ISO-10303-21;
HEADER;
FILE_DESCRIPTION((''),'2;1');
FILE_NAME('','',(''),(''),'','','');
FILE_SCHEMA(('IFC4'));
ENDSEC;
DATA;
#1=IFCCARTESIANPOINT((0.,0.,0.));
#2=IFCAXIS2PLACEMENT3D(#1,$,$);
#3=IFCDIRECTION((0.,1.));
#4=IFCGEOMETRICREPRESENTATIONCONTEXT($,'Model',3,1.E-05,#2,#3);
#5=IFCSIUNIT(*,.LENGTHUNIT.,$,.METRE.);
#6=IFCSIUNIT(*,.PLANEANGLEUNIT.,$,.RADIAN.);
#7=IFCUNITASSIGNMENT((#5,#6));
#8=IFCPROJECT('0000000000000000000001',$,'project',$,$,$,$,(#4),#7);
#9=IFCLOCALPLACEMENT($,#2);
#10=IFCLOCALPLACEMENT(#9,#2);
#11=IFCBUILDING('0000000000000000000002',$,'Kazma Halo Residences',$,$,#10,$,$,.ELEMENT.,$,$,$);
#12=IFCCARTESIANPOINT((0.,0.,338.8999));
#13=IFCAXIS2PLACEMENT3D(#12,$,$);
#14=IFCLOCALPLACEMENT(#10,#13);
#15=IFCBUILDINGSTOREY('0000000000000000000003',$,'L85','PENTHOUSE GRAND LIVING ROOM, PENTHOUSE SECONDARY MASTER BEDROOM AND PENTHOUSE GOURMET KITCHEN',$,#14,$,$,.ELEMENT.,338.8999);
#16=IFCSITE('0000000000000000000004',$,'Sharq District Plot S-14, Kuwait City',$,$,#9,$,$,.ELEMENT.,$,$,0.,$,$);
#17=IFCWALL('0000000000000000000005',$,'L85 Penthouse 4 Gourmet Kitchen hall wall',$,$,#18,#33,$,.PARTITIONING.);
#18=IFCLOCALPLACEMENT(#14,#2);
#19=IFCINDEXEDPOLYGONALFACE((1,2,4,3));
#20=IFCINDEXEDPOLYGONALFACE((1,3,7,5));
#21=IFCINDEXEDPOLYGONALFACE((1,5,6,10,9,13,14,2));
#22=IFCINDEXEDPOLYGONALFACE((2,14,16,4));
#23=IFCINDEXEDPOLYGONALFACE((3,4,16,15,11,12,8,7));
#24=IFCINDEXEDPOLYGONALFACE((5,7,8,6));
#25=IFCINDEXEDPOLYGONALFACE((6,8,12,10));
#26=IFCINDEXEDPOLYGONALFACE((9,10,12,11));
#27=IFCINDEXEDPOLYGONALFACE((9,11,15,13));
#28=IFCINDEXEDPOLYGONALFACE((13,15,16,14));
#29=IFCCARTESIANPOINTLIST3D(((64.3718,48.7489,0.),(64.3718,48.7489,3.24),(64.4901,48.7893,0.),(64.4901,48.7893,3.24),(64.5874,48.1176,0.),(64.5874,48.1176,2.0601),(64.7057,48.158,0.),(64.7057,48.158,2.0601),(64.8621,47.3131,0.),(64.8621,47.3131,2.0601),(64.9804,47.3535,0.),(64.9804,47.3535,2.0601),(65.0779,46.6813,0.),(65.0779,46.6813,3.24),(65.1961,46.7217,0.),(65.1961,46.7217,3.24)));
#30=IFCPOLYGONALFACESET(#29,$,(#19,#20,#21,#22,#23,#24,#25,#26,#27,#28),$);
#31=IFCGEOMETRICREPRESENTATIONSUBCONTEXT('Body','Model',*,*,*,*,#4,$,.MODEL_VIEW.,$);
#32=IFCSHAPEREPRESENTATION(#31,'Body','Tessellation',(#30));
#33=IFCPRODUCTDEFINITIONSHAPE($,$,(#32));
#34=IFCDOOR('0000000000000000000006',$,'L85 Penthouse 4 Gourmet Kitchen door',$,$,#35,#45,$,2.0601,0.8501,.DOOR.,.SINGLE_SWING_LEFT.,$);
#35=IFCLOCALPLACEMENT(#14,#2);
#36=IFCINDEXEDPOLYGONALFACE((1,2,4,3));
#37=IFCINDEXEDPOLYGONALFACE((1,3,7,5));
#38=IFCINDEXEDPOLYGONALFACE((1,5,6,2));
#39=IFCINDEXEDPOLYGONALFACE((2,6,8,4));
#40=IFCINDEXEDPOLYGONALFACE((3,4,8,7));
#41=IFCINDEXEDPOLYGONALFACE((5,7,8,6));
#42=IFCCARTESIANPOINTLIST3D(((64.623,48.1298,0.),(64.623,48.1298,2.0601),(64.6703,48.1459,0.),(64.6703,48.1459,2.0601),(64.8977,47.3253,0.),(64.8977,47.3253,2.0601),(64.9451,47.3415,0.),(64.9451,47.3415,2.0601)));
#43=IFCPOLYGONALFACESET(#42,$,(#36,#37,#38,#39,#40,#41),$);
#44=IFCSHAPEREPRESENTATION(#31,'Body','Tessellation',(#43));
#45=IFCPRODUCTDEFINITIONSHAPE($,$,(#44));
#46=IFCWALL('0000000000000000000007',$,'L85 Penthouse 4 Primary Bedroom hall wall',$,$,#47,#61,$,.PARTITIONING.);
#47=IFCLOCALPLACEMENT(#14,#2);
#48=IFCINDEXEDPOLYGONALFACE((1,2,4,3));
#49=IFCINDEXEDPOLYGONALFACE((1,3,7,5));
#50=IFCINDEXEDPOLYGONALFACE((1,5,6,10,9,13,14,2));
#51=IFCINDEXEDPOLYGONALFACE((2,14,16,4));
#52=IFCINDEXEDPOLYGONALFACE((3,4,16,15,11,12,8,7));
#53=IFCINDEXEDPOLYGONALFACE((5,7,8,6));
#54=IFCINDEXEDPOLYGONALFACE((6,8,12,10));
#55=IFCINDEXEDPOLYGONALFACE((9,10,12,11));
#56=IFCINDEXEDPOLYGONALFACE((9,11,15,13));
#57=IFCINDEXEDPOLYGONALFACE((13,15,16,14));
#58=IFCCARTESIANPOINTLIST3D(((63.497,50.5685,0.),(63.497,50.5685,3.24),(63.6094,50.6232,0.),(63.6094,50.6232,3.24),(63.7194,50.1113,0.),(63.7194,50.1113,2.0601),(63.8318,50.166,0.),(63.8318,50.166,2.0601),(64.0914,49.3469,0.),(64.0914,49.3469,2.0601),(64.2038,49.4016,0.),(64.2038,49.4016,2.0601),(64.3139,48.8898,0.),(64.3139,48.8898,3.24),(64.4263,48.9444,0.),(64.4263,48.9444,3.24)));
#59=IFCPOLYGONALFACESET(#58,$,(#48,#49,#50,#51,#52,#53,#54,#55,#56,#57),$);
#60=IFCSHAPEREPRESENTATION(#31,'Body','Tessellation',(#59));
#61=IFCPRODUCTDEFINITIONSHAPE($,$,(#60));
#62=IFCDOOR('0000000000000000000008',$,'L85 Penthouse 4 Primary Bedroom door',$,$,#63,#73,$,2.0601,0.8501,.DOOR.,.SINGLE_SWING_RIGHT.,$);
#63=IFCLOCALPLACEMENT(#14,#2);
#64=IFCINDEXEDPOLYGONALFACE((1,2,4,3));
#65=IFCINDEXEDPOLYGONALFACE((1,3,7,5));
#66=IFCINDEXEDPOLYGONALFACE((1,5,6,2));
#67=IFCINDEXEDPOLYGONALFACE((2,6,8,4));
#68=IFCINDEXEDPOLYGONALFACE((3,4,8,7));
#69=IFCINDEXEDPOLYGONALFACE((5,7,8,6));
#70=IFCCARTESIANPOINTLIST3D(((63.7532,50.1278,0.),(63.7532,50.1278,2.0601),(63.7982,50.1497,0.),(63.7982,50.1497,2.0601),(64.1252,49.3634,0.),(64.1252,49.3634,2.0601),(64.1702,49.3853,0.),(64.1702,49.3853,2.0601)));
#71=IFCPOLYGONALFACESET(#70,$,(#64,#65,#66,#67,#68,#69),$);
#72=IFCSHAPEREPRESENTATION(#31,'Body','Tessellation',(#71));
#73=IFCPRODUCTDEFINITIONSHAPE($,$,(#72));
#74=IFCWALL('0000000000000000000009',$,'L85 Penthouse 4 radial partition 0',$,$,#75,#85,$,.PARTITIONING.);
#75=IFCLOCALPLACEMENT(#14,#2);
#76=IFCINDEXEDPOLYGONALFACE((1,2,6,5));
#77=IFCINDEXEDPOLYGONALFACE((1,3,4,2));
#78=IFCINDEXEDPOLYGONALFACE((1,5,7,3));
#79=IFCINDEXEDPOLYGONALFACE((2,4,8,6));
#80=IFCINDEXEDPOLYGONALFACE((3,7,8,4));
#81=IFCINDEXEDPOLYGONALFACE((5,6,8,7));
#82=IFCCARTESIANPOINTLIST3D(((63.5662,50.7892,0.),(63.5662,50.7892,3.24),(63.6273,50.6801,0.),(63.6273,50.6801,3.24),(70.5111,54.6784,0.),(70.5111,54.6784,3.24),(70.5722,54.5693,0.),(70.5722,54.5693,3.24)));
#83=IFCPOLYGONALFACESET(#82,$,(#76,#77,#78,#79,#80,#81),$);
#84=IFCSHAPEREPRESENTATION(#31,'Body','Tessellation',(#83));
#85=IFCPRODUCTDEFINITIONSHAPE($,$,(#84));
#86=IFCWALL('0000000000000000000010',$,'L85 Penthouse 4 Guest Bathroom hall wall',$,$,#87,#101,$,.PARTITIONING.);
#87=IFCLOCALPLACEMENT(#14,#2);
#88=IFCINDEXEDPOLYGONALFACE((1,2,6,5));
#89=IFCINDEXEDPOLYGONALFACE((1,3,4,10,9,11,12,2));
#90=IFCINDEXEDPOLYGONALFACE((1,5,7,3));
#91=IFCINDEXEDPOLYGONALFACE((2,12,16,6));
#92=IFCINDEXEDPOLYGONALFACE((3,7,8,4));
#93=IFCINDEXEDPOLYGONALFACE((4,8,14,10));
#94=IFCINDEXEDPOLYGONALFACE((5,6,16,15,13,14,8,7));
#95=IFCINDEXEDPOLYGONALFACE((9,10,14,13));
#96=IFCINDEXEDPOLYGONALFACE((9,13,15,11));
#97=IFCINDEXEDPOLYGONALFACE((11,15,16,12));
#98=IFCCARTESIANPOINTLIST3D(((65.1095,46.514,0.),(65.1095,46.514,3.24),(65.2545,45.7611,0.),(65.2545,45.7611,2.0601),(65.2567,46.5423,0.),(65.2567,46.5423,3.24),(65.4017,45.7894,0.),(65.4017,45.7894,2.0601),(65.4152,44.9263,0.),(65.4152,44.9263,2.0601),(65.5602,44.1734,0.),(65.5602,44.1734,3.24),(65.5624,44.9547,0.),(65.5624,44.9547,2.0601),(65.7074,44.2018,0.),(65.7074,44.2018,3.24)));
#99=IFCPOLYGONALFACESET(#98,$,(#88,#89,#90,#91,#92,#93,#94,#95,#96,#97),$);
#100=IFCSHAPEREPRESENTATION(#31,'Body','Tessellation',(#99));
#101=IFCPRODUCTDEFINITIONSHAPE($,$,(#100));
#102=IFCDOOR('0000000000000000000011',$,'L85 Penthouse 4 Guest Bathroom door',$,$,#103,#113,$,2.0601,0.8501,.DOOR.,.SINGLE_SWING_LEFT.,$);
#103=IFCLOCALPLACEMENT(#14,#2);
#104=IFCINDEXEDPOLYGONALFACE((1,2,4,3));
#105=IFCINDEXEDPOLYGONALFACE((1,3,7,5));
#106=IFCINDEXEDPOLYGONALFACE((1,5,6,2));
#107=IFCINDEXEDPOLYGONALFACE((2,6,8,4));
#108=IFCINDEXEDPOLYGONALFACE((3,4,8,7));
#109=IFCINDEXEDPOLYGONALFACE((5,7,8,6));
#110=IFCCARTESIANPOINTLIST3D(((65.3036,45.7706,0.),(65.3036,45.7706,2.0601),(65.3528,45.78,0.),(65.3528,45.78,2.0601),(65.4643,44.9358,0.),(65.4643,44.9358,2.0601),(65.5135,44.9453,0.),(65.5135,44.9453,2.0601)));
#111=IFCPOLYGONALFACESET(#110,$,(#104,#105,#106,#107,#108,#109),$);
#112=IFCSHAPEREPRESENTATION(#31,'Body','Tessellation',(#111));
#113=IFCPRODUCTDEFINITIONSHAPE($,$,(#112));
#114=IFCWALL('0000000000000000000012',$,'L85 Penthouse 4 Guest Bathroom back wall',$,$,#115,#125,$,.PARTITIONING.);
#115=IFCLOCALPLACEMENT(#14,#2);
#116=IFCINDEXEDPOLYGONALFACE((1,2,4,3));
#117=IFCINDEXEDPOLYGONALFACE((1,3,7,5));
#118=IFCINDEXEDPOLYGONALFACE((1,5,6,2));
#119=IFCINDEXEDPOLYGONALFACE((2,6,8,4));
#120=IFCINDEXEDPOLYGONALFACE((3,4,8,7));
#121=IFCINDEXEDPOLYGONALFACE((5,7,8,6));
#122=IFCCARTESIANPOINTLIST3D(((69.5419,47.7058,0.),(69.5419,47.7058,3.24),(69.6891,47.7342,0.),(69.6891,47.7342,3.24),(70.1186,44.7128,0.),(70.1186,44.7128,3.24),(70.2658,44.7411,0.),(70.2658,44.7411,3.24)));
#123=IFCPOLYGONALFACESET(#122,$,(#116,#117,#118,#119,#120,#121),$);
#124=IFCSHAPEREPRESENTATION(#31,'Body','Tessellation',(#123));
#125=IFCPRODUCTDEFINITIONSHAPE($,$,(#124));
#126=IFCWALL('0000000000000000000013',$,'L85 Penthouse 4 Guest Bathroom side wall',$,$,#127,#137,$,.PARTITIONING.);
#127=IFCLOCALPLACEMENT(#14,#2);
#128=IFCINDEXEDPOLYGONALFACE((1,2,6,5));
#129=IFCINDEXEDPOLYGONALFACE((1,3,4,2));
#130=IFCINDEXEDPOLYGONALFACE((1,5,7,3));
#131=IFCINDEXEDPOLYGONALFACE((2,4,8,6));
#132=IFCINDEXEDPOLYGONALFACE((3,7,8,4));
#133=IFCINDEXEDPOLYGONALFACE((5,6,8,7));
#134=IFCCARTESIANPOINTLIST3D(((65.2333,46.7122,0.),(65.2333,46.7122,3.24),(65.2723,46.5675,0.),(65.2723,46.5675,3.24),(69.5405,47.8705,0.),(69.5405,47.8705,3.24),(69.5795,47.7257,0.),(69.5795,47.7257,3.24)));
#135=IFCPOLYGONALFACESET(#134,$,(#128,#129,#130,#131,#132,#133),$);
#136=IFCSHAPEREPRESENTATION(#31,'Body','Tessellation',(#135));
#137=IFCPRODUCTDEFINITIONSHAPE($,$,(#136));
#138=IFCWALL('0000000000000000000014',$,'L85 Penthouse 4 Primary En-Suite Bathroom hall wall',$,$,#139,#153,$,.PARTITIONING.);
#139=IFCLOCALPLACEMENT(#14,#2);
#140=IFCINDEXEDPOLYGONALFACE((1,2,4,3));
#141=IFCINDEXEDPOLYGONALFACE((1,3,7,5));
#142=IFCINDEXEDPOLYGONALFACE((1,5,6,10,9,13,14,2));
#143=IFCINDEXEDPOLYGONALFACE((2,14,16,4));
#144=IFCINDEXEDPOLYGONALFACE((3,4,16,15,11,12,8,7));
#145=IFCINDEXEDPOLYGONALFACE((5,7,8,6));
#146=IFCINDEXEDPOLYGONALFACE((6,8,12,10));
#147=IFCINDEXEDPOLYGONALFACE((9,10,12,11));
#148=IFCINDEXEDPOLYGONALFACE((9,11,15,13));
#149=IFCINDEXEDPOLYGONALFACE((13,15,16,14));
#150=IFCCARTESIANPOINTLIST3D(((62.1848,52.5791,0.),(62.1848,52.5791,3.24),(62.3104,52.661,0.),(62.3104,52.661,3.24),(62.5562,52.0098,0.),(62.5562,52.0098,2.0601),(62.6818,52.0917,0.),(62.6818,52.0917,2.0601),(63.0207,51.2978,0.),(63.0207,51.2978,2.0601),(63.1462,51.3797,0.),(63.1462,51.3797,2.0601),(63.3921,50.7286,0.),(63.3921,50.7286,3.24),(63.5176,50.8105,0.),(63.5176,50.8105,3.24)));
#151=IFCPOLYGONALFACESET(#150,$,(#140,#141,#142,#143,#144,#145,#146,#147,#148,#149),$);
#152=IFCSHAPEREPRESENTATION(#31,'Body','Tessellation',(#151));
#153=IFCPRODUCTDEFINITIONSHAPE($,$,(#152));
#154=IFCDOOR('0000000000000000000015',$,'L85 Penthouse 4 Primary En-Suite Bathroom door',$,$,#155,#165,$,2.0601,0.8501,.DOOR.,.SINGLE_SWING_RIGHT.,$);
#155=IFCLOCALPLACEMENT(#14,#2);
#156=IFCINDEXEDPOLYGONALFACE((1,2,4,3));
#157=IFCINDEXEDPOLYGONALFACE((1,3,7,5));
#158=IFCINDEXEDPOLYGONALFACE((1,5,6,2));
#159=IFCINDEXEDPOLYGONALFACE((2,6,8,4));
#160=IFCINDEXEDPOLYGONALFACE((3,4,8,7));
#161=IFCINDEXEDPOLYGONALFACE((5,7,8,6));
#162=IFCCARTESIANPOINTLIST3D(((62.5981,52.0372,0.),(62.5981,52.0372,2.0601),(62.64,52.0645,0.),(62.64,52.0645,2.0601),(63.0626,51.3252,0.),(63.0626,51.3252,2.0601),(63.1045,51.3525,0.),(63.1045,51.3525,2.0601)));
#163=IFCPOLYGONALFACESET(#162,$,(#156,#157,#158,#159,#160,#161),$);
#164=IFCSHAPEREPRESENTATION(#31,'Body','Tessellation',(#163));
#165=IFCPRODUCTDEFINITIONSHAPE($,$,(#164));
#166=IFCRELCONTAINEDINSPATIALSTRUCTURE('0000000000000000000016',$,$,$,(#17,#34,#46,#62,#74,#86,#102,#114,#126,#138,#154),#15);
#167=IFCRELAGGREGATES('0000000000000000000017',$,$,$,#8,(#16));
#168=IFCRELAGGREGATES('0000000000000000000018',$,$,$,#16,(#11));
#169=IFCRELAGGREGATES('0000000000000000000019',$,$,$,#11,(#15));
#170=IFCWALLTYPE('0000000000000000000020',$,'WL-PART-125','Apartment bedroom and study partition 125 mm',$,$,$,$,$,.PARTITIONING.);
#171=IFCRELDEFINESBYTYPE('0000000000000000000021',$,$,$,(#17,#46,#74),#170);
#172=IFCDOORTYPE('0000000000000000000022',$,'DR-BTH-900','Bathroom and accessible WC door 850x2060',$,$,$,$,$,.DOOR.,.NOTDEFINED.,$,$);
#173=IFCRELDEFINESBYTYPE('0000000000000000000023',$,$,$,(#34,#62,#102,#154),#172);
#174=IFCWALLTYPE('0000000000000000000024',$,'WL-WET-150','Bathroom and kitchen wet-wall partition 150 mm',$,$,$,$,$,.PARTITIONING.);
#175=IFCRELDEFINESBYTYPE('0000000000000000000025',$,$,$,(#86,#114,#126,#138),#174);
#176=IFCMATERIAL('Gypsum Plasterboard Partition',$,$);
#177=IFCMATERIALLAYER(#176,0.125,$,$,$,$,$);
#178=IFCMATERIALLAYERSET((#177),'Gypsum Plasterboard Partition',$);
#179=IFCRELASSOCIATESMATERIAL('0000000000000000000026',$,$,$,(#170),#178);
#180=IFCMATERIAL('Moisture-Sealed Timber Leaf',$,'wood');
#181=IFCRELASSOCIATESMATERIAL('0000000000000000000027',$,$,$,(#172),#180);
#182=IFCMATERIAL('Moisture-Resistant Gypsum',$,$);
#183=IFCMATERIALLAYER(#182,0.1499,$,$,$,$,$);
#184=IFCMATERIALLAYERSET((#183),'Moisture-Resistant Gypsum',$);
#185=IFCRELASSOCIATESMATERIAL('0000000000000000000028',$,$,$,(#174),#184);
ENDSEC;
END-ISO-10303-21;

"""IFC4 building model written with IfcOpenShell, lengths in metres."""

from ifc_helpers import new_model, si_unit, direction, frame, frame_2d, origin, place, context, subcontext, project, spatial, rectangle, extrude, material, layer, layer_set, type_object, element, fill, save


model = new_model("IFC4")

# Units and contexts
model_context = context("Model", 3, precision=1e-05, world=origin(), true_north=direction((0.0, 1.0)))
body_context = subcontext(model_context, "Body", "Model", "MODEL_VIEW")
ifc_project = project(units=[si_unit("LENGTHUNIT", "METRE"), si_unit("PLANEANGLEUNIT", "RADIAN")], contexts=[model_context])

# Site, building, storey
site_placement = place(None, origin())
site = spatial("IfcSite", under=ifc_project, at=site_placement, Name="Sharq District Plot S-14, Kuwait City", CompositionType="ELEMENT", RefElevation=0.0)
building_placement = place(site_placement, origin())
building = spatial("IfcBuilding", under=site, at=building_placement, Name="Kazma Halo Residences", CompositionType="ELEMENT")
storey_placement = place(building_placement, frame((0.0, 0.0, 338.8999)))
storey = spatial("IfcBuildingStorey", under=building, at=storey_placement, Name="L85", Description="PENTHOUSE GRAND LIVING ROOM, PENTHOUSE SECONDARY MASTER BEDROOM AND PENTHOUSE GOURMET KITCHEN", CompositionType="ELEMENT", Elevation=338.8999)

# Shared definitions
ifc_material_1 = material(Name="Gypsum Plasterboard Partition")
ifc_layer_1 = layer(ifc_material_1, 0.125)
ifc_layer_set_1 = layer_set([ifc_layer_1], Name="Gypsum Plasterboard Partition")
wall_type_1 = type_object("IfcWallType", Name="WL-PART-125", Description="Apartment bedroom and study partition 125 mm", PredefinedType="PARTITIONING", material=ifc_layer_set_1)
ifc_material_2 = material(Name="Moisture-Sealed Timber Leaf", Category="wood")
door_type = type_object("IfcDoorType", Name="DR-BTH-900", Description="Bathroom and accessible WC door 850x2060", OperationType="NOTDEFINED", PredefinedType="DOOR", material=ifc_material_2)

# Walls, openings, doors
wall_1_placement = place(storey_placement, frame((65.137, 46.7017, 0.0), z_axis=(0.0, 0.0, 1.0), x_axis=(-0.323158, 0.946345, 0.0)))
wall_1 = element("IfcWall", 1, at=wall_1_placement, inside=storey, type_object=wall_type_1, Name="L85 Penthouse 4 Gourmet Kitchen hall wall", PredefinedType="PARTITIONING", context=body_context, shape_type="SweptSolid", body=[
    extrude(rectangle(XDim=2.1848, YDim=0.125, at=frame_2d((1.0923, 0.0))), origin(), (0.0, 0.0, 1.0), 3.24),
])
opening_1_placement = place(wall_1_placement, frame((0.6675, 0.0, 0.0)))
opening_1 = element("IfcOpeningElement", 2, at=opening_1_placement, cuts=wall_1, PredefinedType="OPENING", context=body_context, shape_type="SweptSolid", body=[
    extrude(rectangle(XDim=0.8501, YDim=2.0601, at=frame_2d((0.425, 1.03))), frame((0.0, 0.0725, 0.0), z_axis=(0.0, -1.0, 0.0), x_axis=(1.0, 0.0, 0.0)), (0.0, 0.0, 1.0), 0.145),
])
door_1_placement = place(opening_1_placement, origin())
door_1 = element("IfcDoor", 3, at=door_1_placement, inside=storey, type_object=door_type, Name="L85 Penthouse 4 Gourmet Kitchen door", OperationType="SINGLE_SWING_LEFT", OverallHeight=2.0601, OverallWidth=0.8501, PredefinedType="DOOR", context=body_context, shape_type="SweptSolid", body=[
    extrude(rectangle(XDim=0.8501, YDim=2.0601, at=frame_2d((0.425, 1.03))), frame((0.0, 0.0249, 0.0), z_axis=(0.0, -1.0, 0.0), x_axis=(1.0, 0.0, 0.0)), (0.0, 0.0, 1.0), 0.05),
])
fill(opening_1, door_1)
wall_2_placement = place(storey_placement, frame((64.3701, 48.917, 0.0), z_axis=(0.0, 0.0, 1.0), x_axis=(-0.437563, 0.899188, 0.0)))
wall_2 = element("IfcWall", 4, at=wall_2_placement, inside=storey, type_object=wall_type_1, Name="L85 Penthouse 4 Primary Bedroom hall wall", PredefinedType="PARTITIONING", context=body_context, shape_type="SweptSolid", body=[
    extrude(rectangle(XDim=1.8669, YDim=0.125, at=frame_2d((0.9336, 0.0))), origin(), (0.0, 0.0, 1.0), 3.24),
])
opening_2_placement = place(wall_2_placement, frame((0.5085, 0.0, 0.0)))
opening_2 = element("IfcOpeningElement", 5, at=opening_2_placement, cuts=wall_2, PredefinedType="OPENING", context=body_context, shape_type="SweptSolid", body=[
    extrude(rectangle(XDim=0.8501, YDim=2.0601, at=frame_2d((0.425, 1.03))), frame((0.0, 0.0725, 0.0), z_axis=(0.0, -1.0, 0.0), x_axis=(1.0, 0.0, 0.0)), (0.0, 0.0, 1.0), 0.145),
])
door_2_placement = place(opening_2_placement, origin())
door_2 = element("IfcDoor", 6, at=door_2_placement, inside=storey, type_object=door_type, Name="L85 Penthouse 4 Primary Bedroom door", OperationType="SINGLE_SWING_RIGHT", OverallHeight=2.0601, OverallWidth=0.8501, PredefinedType="DOOR", context=body_context, shape_type="SweptSolid", body=[
    extrude(rectangle(XDim=0.8501, YDim=2.0601, at=frame_2d((0.425, 1.03))), frame((0.0, 0.0249, 0.0), z_axis=(0.0, -1.0, 0.0), x_axis=(1.0, 0.0, 0.0)), (0.0, 0.0, 1.0), 0.05),
])
fill(opening_2, door_2)

# Wall
wall_3_placement = place(storey_placement, frame((63.5967, 50.7346, 0.0), z_axis=(0.0, 0.0, 1.0), x_axis=(0.872503, 0.488609, 0.0)))
element("IfcWall", 7, at=wall_3_placement, inside=storey, type_object=wall_type_1, Name="L85 Penthouse 4 radial partition 0", PredefinedType="PARTITIONING", context=body_context, shape_type="SweptSolid", body=[
    extrude(rectangle(XDim=7.9597, YDim=0.125, at=frame_2d((3.98, 0.0))), origin(), (0.0, 0.0, 1.0), 3.24),
])

# Wall, opening, door
ifc_material_3 = material(Name="Moisture-Resistant Gypsum")
ifc_layer_2 = layer(ifc_material_3, 0.1499)
ifc_layer_set_2 = layer_set([ifc_layer_2], Name="Moisture-Resistant Gypsum")
wall_type_2 = type_object("IfcWallType", Name="WL-WET-150", Description="Bathroom and kitchen wet-wall partition 150 mm", PredefinedType="PARTITIONING", material=ifc_layer_set_2)
wall_4_placement = place(storey_placement, frame((65.6338, 44.1875, 0.0), z_axis=(0.0, 0.0, 1.0), x_axis=(-0.189079, 0.981962, 0.0)))
wall_4 = element("IfcWall", 8, at=wall_4_placement, inside=storey, type_object=wall_type_2, Name="L85 Penthouse 4 Guest Bathroom hall wall", PredefinedType="PARTITIONING", context=body_context, shape_type="SweptSolid", body=[
    extrude(rectangle(XDim=2.3835, YDim=0.1499, at=frame_2d((1.1919, 0.0))), origin(), (0.0, 0.0, 1.0), 3.24),
])
opening_3_placement = place(wall_4_placement, frame((0.7668, 0.0, 0.0)))
opening_3 = element("IfcOpeningElement", 9, at=opening_3_placement, cuts=wall_4, PredefinedType="OPENING", context=body_context, shape_type="SweptSolid", body=[
    extrude(rectangle(XDim=0.8501, YDim=2.0601, at=frame_2d((0.425, 1.03))), frame((0.0, 0.085, 0.0), z_axis=(0.0, -1.0, 0.0), x_axis=(1.0, 0.0, 0.0)), (0.0, 0.0, 1.0), 0.1699),
])
door_3_placement = place(opening_3_placement, origin())
door_3 = element("IfcDoor", 10, at=door_3_placement, inside=storey, type_object=door_type, Name="L85 Penthouse 4 Guest Bathroom door", OperationType="SINGLE_SWING_LEFT", OverallHeight=2.0601, OverallWidth=0.8501, PredefinedType="DOOR", context=body_context, shape_type="SweptSolid", body=[
    extrude(rectangle(XDim=0.8501, YDim=2.0601, at=frame_2d((0.425, 1.03))), frame((0.0, 0.0249, 0.0), z_axis=(0.0, -1.0, 0.0), x_axis=(1.0, 0.0, 0.0)), (0.0, 0.0, 1.0), 0.05),
])
fill(opening_3, door_3)

# Walls
wall_5_placement = place(storey_placement, frame((70.1921, 44.7271, 0.0), z_axis=(0.0, 0.0, 1.0), x_axis=(-0.18918, 0.981942, 0.0)))
element("IfcWall", 11, at=wall_5_placement, inside=storey, type_object=wall_type_2, Name="L85 Penthouse 4 Guest Bathroom back wall", PredefinedType="PARTITIONING", context=body_context, shape_type="SweptSolid", body=[
    extrude(rectangle(XDim=3.0481, YDim=0.1499, at=frame_2d((1.5239, 0.0))), origin(), (0.0, 0.0, 1.0), 3.24),
])
wall_6_placement = place(storey_placement, frame((65.2529, 46.6399, 0.0), z_axis=(0.0, 0.0, 1.0), x_axis=(0.965695, 0.259679, 0.0)))
element("IfcWall", 12, at=wall_6_placement, inside=storey, type_object=wall_type_2, Name="L85 Penthouse 4 Guest Bathroom side wall", PredefinedType="PARTITIONING", context=body_context, shape_type="SweptSolid", body=[
    extrude(rectangle(XDim=4.4602, YDim=0.1499, at=frame_2d((2.23, 0.0))), origin(), (0.0, 0.0, 1.0), 3.24),
])

# Wall, opening, door
wall_7_placement = place(storey_placement, frame((63.4548, 50.7695, 0.0), z_axis=(0.0, 0.0, 1.0), x_axis=(-0.546386, 0.837534, 0.0)))
wall_7 = element("IfcWall", 13, at=wall_7_placement, inside=storey, type_object=wall_type_2, Name="L85 Penthouse 4 Primary En-Suite Bathroom hall wall", PredefinedType="PARTITIONING", context=body_context, shape_type="SweptSolid", body=[
    extrude(rectangle(XDim=2.2095, YDim=0.1499, at=frame_2d((1.1047, 0.0))), origin(), (0.0, 0.0, 1.0), 3.24),
])
opening_4_placement = place(wall_7_placement, frame((0.6797, 0.0, 0.0)))
opening_4 = element("IfcOpeningElement", 14, at=opening_4_placement, cuts=wall_7, PredefinedType="OPENING", context=body_context, shape_type="SweptSolid", body=[
    extrude(rectangle(XDim=0.8501, YDim=2.0601, at=frame_2d((0.425, 1.03))), frame((0.0, 0.085, 0.0), z_axis=(0.0, -1.0, 0.0), x_axis=(1.0, 0.0, 0.0)), (0.0, 0.0, 1.0), 0.1699),
])
door_4_placement = place(opening_4_placement, origin())
door_4 = element("IfcDoor", 15, at=door_4_placement, inside=storey, type_object=door_type, Name="L85 Penthouse 4 Primary En-Suite Bathroom door", OperationType="SINGLE_SWING_RIGHT", OverallHeight=2.0601, OverallWidth=0.8501, PredefinedType="DOOR", context=body_context, shape_type="SweptSolid", body=[
    extrude(rectangle(XDim=0.8501, YDim=2.0601, at=frame_2d((0.425, 1.03))), frame((0.0, 0.0249, 0.0), z_axis=(0.0, -1.0, 0.0), x_axis=(1.0, 0.0, 0.0)), (0.0, 0.0, 1.0), 0.05),
])
fill(opening_4, door_4)

save(model, "model.ifc")
